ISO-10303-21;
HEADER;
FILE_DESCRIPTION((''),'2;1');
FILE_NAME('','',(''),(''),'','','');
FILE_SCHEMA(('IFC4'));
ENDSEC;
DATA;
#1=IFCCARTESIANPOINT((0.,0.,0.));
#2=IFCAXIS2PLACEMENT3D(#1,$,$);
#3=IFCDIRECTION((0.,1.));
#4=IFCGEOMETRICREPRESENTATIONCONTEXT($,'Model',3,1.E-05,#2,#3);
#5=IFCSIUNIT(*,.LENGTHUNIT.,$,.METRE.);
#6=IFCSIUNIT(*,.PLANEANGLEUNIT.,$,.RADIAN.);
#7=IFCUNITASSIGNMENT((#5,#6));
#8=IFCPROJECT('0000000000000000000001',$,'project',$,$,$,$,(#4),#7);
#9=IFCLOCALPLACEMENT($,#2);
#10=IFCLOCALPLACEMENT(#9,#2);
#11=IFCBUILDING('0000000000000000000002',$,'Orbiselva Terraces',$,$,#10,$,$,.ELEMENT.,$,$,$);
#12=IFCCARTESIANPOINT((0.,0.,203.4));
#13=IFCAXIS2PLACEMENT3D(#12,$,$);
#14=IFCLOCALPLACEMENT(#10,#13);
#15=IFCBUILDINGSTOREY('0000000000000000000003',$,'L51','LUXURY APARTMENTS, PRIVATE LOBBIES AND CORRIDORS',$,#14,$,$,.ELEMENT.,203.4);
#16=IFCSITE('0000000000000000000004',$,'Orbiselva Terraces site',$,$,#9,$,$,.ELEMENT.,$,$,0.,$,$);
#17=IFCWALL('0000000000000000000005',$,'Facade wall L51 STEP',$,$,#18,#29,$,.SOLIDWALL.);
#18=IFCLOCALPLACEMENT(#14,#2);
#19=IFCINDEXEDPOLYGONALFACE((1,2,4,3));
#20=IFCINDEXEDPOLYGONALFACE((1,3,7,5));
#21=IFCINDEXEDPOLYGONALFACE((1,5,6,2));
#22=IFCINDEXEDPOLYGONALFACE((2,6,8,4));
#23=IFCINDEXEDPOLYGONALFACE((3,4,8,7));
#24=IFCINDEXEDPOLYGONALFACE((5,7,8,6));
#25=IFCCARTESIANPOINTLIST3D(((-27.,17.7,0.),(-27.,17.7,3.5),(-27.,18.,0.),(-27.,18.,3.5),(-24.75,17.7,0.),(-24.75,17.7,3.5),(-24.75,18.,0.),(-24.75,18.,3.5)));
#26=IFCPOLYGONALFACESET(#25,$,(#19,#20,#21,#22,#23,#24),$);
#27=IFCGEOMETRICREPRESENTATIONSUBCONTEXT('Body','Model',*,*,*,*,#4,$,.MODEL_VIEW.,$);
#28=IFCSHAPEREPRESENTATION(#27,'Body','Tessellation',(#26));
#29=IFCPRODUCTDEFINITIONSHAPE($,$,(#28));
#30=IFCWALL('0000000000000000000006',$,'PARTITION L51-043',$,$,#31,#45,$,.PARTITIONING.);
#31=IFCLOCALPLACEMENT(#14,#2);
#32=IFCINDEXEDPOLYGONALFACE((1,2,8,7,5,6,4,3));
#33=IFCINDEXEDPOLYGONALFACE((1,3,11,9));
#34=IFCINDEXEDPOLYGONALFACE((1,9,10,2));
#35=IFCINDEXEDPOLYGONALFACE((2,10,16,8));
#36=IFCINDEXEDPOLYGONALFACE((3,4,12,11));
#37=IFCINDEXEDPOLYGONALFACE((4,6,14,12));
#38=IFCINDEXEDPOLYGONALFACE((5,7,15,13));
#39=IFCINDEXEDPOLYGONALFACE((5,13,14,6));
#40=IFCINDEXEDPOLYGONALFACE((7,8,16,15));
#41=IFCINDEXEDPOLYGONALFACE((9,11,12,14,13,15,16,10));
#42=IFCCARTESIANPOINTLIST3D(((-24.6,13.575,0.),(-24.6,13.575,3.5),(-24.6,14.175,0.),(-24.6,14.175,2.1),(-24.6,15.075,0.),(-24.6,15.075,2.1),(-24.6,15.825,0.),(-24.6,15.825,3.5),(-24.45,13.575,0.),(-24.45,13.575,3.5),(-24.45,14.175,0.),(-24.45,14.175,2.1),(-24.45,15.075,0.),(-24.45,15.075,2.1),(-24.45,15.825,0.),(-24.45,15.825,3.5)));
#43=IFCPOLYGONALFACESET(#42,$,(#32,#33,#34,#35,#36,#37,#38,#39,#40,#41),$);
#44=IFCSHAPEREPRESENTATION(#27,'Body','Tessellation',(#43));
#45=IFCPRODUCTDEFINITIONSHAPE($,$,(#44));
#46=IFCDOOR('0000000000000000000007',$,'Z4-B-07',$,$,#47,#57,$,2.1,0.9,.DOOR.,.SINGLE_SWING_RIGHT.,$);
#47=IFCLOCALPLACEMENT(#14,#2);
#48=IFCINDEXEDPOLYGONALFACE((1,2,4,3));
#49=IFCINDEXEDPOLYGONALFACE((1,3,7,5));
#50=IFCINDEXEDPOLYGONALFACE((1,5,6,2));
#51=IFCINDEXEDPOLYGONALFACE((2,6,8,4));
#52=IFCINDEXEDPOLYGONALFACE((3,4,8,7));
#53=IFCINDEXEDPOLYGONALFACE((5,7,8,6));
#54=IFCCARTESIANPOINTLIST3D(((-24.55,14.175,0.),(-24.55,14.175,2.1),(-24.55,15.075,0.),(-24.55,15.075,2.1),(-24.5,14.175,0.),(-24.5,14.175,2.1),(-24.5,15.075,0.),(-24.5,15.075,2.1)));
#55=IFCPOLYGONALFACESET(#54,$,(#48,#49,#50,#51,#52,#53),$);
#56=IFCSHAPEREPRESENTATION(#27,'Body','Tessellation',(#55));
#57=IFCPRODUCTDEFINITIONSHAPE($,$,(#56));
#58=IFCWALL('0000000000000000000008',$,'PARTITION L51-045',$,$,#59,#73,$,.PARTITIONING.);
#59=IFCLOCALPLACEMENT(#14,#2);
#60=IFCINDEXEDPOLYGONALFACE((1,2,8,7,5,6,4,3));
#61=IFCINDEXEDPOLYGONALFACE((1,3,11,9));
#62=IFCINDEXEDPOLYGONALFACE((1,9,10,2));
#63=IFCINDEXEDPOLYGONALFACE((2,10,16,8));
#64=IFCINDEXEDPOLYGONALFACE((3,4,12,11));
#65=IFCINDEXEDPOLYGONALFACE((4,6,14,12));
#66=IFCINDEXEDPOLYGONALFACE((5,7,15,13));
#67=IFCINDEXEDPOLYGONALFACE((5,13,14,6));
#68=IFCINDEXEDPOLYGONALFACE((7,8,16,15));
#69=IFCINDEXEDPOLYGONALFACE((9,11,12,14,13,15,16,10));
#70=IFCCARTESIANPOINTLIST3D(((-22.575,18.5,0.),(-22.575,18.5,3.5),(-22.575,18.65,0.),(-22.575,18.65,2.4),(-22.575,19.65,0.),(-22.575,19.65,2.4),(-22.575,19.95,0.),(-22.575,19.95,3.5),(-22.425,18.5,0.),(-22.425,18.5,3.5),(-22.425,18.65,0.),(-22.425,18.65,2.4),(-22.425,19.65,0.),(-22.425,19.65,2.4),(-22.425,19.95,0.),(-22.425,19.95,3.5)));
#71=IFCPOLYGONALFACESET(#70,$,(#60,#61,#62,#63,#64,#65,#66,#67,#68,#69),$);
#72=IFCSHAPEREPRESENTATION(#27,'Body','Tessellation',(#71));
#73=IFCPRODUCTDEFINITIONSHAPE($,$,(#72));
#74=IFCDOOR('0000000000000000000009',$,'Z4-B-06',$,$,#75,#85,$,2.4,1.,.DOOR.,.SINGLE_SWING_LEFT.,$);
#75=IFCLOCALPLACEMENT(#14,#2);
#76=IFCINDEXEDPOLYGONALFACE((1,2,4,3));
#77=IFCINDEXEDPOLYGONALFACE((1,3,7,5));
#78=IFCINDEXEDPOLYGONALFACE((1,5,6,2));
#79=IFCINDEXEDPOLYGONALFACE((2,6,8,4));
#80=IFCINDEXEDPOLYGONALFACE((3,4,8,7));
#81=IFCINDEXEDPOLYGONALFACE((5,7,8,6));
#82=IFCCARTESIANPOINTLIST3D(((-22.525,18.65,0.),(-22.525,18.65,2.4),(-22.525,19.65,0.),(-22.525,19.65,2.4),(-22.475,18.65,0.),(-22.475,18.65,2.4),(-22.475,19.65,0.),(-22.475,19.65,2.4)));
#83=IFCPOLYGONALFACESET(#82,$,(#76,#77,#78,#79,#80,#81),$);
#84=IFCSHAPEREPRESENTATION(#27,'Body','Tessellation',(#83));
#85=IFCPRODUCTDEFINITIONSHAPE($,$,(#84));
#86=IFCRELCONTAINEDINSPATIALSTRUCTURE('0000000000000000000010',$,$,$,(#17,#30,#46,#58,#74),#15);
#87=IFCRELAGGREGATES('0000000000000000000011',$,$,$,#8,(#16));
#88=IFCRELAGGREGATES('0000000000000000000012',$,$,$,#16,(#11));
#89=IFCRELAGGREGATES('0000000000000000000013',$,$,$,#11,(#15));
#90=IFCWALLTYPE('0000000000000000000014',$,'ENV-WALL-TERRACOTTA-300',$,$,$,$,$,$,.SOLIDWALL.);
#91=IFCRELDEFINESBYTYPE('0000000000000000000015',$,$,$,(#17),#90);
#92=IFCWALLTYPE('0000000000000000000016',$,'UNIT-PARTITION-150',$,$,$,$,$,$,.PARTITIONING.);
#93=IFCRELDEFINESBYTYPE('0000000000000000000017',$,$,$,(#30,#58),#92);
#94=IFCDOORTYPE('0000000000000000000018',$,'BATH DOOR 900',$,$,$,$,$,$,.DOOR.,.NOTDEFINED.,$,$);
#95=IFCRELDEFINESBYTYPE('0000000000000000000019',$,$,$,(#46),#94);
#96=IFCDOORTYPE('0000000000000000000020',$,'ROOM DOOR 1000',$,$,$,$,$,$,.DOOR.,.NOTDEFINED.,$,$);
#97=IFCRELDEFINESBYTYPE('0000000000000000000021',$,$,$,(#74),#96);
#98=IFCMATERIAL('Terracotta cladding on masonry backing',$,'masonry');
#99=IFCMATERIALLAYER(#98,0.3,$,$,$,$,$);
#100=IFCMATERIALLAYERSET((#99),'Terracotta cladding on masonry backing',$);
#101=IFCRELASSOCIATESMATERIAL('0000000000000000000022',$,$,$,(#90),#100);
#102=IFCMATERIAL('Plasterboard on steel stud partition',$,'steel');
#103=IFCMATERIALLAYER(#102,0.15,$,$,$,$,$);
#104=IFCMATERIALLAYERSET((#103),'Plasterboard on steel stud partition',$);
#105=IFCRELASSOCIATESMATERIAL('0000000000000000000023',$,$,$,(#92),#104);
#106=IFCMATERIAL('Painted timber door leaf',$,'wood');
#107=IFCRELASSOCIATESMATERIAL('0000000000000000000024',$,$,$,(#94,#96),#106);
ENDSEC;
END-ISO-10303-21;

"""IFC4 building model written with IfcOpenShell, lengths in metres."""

from ifc_helpers import new_model, si_unit, direction, frame, frame_2d, origin, place, context, subcontext, project, spatial, rectangle, extrude, material, layer, layer_set, type_object, element, fill, save


model = new_model("IFC4")

# Units and contexts
model_context = context("Model", 3, precision=1e-05, world=origin(), true_north=direction((0.0, 1.0)))
body_context = subcontext(model_context, "Body", "Model", "MODEL_VIEW")
ifc_project = project(units=[si_unit("LENGTHUNIT", "METRE"), si_unit("PLANEANGLEUNIT", "RADIAN")], contexts=[model_context])

# Site, building, storey
site_placement = place(None, origin())
site = spatial("IfcSite", under=ifc_project, at=site_placement, Name="Orbiselva Terraces site", CompositionType="ELEMENT", RefElevation=0.0)
building_placement = place(site_placement, origin())
building = spatial("IfcBuilding", under=site, at=building_placement, Name="Orbiselva Terraces", CompositionType="ELEMENT")
storey_placement = place(building_placement, frame((0.0, 0.0, 203.4)))
storey = spatial("IfcBuildingStorey", under=building, at=storey_placement, Name="L51", Description="LUXURY APARTMENTS, PRIVATE LOBBIES AND CORRIDORS", CompositionType="ELEMENT", Elevation=203.4)

# Shared definitions
ifc_material_1 = material(Name="Terracotta cladding on masonry backing", Category="masonry")
ifc_layer_1 = layer(ifc_material_1, 0.3)
ifc_layer_set_1 = layer_set([ifc_layer_1], Name="Terracotta cladding on masonry backing")
wall_type_1 = type_object("IfcWallType", Name="ENV-WALL-TERRACOTTA-300", PredefinedType="SOLIDWALL", material=ifc_layer_set_1)

# Wall
wall_1_placement = place(storey_placement, frame((-27.0, 17.85, 0.0), z_axis=(0.0, 0.0, 1.0), x_axis=(1.0, 0.0, 0.0)))
element("IfcWall", 1, at=wall_1_placement, inside=storey, type_object=wall_type_1, Name="Facade wall L51 STEP", PredefinedType="SOLIDWALL", context=body_context, shape_type="SweptSolid", body=[
    extrude(rectangle(XDim=2.25, YDim=0.3, at=frame_2d((1.125, 0.0))), origin(), (0.0, 0.0, 1.0), 3.5),
])

# Walls, openings, doors
ifc_material_2 = material(Name="Plasterboard on steel stud partition", Category="steel")
ifc_layer_2 = layer(ifc_material_2, 0.15)
ifc_layer_set_2 = layer_set([ifc_layer_2], Name="Plasterboard on steel stud partition")
wall_type_2 = type_object("IfcWallType", Name="UNIT-PARTITION-150", PredefinedType="PARTITIONING", material=ifc_layer_set_2)
wall_2_placement = place(storey_placement, frame((-24.525, 15.825, 0.0), z_axis=(0.0, 0.0, 1.0), x_axis=(0.0, -1.0, 0.0)))
wall_2 = element("IfcWall", 2, at=wall_2_placement, inside=storey, type_object=wall_type_2, Name="PARTITION L51-043", PredefinedType="PARTITIONING", context=body_context, shape_type="SweptSolid", body=[
    extrude(rectangle(XDim=2.25, YDim=0.15, at=frame_2d((1.125, 0.0))), origin(), (0.0, 0.0, 1.0), 3.5),
])
opening_1_placement = place(wall_2_placement, frame((0.75, 0.0, 0.0)))
opening_1 = element("IfcOpeningElement", 3, at=opening_1_placement, cuts=wall_2, PredefinedType="OPENING", context=body_context, shape_type="SweptSolid", body=[
    extrude(rectangle(XDim=0.9, YDim=2.1, at=frame_2d((0.45, 1.05))), frame((0.0, 0.085, 0.0), z_axis=(0.0, -1.0, 0.0), x_axis=(1.0, 0.0, 0.0)), (0.0, 0.0, 1.0), 0.17),
])
ifc_material_3 = material(Name="Painted timber door leaf", Category="wood")
door_type_1 = type_object("IfcDoorType", Name="BATH DOOR 900", OperationType="NOTDEFINED", PredefinedType="DOOR", material=ifc_material_3)
door_1_placement = place(opening_1_placement, origin())
door_1 = element("IfcDoor", 4, at=door_1_placement, inside=storey, type_object=door_type_1, Name="Z4-B-07", OperationType="SINGLE_SWING_RIGHT", OverallHeight=2.1, OverallWidth=0.9, PredefinedType="DOOR", context=body_context, shape_type="SweptSolid", body=[
    extrude(rectangle(XDim=0.9, YDim=2.1, at=frame_2d((0.45, 1.05))), frame((0.0, 0.025, 0.0), z_axis=(0.0, -1.0, 0.0), x_axis=(1.0, 0.0, 0.0)), (0.0, 0.0, 1.0), 0.05),
])
fill(opening_1, door_1)
wall_3_placement = place(storey_placement, frame((-22.5, 18.5, 0.0), z_axis=(0.0, 0.0, 1.0), x_axis=(0.0, 1.0, 0.0)))
wall_3 = element("IfcWall", 5, at=wall_3_placement, inside=storey, type_object=wall_type_2, Name="PARTITION L51-045", PredefinedType="PARTITIONING", context=body_context, shape_type="SweptSolid", body=[
    extrude(rectangle(XDim=1.45, YDim=0.15, at=frame_2d((0.725, 0.0))), origin(), (0.0, 0.0, 1.0), 3.5),
])
opening_2_placement = place(wall_3_placement, frame((0.15, 0.0, 0.0)))
opening_2 = element("IfcOpeningElement", 6, at=opening_2_placement, cuts=wall_3, PredefinedType="OPENING", context=body_context, shape_type="SweptSolid", body=[
    extrude(rectangle(XDim=1.0, YDim=2.4, at=frame_2d((0.5, 1.2))), frame((0.0, 0.085, 0.0), z_axis=(0.0, -1.0, 0.0), x_axis=(1.0, 0.0, 0.0)), (0.0, 0.0, 1.0), 0.17),
])
door_type_2 = type_object("IfcDoorType", Name="ROOM DOOR 1000", OperationType="NOTDEFINED", PredefinedType="DOOR", material=ifc_material_3)
door_2_placement = place(opening_2_placement, origin())
door_2 = element("IfcDoor", 7, at=door_2_placement, inside=storey, type_object=door_type_2, Name="Z4-B-06", OperationType="SINGLE_SWING_LEFT", OverallHeight=2.4, OverallWidth=1.0, PredefinedType="DOOR", context=body_context, shape_type="SweptSolid", body=[
    extrude(rectangle(XDim=1.0, YDim=2.4, at=frame_2d((0.5, 1.2))), frame((0.0, 0.025, 0.0), z_axis=(0.0, -1.0, 0.0), x_axis=(1.0, 0.0, 0.0)), (0.0, 0.0, 1.0), 0.05),
])
fill(opening_2, door_2)

save(model, "model.ifc")
